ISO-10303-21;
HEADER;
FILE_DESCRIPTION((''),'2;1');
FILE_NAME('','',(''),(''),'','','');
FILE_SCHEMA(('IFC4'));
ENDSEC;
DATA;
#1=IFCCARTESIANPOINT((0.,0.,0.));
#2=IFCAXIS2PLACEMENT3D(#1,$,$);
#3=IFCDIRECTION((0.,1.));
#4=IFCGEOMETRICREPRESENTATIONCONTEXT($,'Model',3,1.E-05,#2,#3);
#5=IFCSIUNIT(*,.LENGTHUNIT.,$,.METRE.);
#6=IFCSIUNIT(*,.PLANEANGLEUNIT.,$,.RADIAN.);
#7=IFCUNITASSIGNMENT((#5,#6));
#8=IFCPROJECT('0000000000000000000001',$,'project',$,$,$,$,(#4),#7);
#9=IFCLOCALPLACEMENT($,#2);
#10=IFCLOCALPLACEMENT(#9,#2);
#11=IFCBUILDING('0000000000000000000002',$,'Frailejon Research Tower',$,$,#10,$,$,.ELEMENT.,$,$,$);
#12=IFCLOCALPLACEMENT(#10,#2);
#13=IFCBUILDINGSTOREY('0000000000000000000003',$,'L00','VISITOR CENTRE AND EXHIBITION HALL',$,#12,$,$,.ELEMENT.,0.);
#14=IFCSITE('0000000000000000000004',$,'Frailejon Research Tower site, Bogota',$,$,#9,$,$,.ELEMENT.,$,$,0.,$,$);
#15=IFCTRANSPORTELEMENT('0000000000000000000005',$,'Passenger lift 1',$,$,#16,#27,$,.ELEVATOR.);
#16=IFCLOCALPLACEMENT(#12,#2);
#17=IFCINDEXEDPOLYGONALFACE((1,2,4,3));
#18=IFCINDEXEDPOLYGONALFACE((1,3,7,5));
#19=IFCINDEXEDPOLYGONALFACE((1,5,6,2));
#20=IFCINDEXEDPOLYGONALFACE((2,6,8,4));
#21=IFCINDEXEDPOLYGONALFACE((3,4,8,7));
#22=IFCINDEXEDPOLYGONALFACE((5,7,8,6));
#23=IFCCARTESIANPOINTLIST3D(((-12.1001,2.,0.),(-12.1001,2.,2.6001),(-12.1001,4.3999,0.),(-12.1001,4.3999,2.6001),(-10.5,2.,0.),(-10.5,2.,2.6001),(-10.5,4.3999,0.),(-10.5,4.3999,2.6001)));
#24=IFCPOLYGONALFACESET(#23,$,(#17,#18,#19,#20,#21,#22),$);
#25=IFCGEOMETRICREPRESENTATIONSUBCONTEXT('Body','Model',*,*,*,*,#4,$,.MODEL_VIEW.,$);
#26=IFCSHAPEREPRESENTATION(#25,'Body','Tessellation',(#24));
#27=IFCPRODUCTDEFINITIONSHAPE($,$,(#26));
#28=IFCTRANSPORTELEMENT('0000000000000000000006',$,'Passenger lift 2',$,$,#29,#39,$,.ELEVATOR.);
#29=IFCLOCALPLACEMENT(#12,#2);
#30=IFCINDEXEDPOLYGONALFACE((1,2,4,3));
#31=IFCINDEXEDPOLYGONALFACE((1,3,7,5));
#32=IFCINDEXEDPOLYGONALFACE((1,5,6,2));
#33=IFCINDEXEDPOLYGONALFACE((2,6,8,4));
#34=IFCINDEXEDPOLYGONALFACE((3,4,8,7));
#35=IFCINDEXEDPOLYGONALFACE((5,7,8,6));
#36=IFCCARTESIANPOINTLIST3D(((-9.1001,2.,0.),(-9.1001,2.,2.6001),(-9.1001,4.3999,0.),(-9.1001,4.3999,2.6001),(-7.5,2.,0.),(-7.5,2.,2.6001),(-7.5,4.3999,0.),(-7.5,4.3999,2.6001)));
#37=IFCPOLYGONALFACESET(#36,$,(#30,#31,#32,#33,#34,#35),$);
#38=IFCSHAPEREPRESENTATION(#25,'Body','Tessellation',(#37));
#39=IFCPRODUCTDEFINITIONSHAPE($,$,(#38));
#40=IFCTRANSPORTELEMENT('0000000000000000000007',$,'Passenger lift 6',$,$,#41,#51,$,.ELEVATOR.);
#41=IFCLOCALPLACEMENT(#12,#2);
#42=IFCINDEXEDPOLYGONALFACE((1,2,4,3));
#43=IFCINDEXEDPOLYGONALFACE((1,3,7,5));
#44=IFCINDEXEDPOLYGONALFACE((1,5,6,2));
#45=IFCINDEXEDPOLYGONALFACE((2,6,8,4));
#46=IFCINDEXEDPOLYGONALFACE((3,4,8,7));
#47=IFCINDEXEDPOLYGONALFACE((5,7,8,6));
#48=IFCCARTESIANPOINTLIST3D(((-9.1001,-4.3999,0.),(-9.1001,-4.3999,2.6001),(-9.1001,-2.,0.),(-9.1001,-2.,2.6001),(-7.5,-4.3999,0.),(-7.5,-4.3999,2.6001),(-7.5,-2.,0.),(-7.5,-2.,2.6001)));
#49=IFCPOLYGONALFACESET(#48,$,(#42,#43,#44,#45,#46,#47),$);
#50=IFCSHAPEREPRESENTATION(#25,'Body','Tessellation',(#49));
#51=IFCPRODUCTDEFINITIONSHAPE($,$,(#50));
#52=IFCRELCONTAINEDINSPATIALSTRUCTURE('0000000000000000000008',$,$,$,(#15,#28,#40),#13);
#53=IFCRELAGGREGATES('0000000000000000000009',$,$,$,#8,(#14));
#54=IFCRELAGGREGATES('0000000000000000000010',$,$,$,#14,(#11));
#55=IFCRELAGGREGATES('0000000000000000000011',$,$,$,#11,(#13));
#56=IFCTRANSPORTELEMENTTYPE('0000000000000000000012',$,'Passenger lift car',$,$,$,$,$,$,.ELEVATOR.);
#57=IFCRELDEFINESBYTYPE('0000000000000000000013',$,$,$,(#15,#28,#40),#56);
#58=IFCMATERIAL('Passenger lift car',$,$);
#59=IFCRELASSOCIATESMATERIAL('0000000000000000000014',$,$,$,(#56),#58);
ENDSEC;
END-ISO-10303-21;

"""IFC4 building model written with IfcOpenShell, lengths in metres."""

from ifc_helpers import new_model, si_unit, direction, frame, origin, origin_2d, place, context, subcontext, project, spatial, rectangle, extrude, material, type_object, element, save


model = new_model("IFC4")

# Units and contexts
model_context = context("Model", 3, precision=1e-05, world=origin(), true_north=direction((0.0, 1.0)))
body_context = subcontext(model_context, "Body", "Model", "MODEL_VIEW")
ifc_project = project(units=[si_unit("LENGTHUNIT", "METRE"), si_unit("PLANEANGLEUNIT", "RADIAN")], contexts=[model_context])

# Site, building, storey
site_placement = place(None, origin())
site = spatial("IfcSite", under=ifc_project, at=site_placement, Name="Frailejon Research Tower site, Bogota", CompositionType="ELEMENT", RefElevation=0.0)
building_placement = place(site_placement, origin())
building = spatial("IfcBuilding", under=site, at=building_placement, Name="Frailejon Research Tower", CompositionType="ELEMENT")
storey_placement = place(building_placement, origin())
storey = spatial("IfcBuildingStorey", under=building, at=storey_placement, Name="L00", Description="VISITOR CENTRE AND EXHIBITION HALL", CompositionType="ELEMENT", Elevation=0.0)

# Transport elements
ifc_material_1 = material(Name="Passenger lift car")
transport_element_type = type_object("IfcTransportElementType", Name="Passenger lift car", PredefinedType="ELEVATOR", material=ifc_material_1)
for number, where, z_axis, x_axis, name in (
    (1, (-11.3, 3.2, 0.0), (0.0, 0.0, 1.0), (1.0, 0.0, 0.0), "Passenger lift 1"),
    (2, (-8.3, 3.2, 0.0), (0.0, 0.0, 1.0), (1.0, 0.0, 0.0), "Passenger lift 2"),
    (3, (-8.3, -3.2, 0.0), (0.0, 0.0, 1.0), (1.0, 0.0, 0.0), "Passenger lift 6"),
):
    element("IfcTransportElement", number, at=place(storey_placement, frame(where, z_axis=z_axis, x_axis=x_axis)), inside=storey, type_object=transport_element_type, Name=name, PredefinedType="ELEVATOR", context=body_context, shape_type="SweptSolid", body=[
        extrude(rectangle(XDim=1.6001, YDim=2.3999, at=origin_2d()), origin(), (0.0, 0.0, 1.0), 2.6001),
    ])

save(model, "model.ifc")
